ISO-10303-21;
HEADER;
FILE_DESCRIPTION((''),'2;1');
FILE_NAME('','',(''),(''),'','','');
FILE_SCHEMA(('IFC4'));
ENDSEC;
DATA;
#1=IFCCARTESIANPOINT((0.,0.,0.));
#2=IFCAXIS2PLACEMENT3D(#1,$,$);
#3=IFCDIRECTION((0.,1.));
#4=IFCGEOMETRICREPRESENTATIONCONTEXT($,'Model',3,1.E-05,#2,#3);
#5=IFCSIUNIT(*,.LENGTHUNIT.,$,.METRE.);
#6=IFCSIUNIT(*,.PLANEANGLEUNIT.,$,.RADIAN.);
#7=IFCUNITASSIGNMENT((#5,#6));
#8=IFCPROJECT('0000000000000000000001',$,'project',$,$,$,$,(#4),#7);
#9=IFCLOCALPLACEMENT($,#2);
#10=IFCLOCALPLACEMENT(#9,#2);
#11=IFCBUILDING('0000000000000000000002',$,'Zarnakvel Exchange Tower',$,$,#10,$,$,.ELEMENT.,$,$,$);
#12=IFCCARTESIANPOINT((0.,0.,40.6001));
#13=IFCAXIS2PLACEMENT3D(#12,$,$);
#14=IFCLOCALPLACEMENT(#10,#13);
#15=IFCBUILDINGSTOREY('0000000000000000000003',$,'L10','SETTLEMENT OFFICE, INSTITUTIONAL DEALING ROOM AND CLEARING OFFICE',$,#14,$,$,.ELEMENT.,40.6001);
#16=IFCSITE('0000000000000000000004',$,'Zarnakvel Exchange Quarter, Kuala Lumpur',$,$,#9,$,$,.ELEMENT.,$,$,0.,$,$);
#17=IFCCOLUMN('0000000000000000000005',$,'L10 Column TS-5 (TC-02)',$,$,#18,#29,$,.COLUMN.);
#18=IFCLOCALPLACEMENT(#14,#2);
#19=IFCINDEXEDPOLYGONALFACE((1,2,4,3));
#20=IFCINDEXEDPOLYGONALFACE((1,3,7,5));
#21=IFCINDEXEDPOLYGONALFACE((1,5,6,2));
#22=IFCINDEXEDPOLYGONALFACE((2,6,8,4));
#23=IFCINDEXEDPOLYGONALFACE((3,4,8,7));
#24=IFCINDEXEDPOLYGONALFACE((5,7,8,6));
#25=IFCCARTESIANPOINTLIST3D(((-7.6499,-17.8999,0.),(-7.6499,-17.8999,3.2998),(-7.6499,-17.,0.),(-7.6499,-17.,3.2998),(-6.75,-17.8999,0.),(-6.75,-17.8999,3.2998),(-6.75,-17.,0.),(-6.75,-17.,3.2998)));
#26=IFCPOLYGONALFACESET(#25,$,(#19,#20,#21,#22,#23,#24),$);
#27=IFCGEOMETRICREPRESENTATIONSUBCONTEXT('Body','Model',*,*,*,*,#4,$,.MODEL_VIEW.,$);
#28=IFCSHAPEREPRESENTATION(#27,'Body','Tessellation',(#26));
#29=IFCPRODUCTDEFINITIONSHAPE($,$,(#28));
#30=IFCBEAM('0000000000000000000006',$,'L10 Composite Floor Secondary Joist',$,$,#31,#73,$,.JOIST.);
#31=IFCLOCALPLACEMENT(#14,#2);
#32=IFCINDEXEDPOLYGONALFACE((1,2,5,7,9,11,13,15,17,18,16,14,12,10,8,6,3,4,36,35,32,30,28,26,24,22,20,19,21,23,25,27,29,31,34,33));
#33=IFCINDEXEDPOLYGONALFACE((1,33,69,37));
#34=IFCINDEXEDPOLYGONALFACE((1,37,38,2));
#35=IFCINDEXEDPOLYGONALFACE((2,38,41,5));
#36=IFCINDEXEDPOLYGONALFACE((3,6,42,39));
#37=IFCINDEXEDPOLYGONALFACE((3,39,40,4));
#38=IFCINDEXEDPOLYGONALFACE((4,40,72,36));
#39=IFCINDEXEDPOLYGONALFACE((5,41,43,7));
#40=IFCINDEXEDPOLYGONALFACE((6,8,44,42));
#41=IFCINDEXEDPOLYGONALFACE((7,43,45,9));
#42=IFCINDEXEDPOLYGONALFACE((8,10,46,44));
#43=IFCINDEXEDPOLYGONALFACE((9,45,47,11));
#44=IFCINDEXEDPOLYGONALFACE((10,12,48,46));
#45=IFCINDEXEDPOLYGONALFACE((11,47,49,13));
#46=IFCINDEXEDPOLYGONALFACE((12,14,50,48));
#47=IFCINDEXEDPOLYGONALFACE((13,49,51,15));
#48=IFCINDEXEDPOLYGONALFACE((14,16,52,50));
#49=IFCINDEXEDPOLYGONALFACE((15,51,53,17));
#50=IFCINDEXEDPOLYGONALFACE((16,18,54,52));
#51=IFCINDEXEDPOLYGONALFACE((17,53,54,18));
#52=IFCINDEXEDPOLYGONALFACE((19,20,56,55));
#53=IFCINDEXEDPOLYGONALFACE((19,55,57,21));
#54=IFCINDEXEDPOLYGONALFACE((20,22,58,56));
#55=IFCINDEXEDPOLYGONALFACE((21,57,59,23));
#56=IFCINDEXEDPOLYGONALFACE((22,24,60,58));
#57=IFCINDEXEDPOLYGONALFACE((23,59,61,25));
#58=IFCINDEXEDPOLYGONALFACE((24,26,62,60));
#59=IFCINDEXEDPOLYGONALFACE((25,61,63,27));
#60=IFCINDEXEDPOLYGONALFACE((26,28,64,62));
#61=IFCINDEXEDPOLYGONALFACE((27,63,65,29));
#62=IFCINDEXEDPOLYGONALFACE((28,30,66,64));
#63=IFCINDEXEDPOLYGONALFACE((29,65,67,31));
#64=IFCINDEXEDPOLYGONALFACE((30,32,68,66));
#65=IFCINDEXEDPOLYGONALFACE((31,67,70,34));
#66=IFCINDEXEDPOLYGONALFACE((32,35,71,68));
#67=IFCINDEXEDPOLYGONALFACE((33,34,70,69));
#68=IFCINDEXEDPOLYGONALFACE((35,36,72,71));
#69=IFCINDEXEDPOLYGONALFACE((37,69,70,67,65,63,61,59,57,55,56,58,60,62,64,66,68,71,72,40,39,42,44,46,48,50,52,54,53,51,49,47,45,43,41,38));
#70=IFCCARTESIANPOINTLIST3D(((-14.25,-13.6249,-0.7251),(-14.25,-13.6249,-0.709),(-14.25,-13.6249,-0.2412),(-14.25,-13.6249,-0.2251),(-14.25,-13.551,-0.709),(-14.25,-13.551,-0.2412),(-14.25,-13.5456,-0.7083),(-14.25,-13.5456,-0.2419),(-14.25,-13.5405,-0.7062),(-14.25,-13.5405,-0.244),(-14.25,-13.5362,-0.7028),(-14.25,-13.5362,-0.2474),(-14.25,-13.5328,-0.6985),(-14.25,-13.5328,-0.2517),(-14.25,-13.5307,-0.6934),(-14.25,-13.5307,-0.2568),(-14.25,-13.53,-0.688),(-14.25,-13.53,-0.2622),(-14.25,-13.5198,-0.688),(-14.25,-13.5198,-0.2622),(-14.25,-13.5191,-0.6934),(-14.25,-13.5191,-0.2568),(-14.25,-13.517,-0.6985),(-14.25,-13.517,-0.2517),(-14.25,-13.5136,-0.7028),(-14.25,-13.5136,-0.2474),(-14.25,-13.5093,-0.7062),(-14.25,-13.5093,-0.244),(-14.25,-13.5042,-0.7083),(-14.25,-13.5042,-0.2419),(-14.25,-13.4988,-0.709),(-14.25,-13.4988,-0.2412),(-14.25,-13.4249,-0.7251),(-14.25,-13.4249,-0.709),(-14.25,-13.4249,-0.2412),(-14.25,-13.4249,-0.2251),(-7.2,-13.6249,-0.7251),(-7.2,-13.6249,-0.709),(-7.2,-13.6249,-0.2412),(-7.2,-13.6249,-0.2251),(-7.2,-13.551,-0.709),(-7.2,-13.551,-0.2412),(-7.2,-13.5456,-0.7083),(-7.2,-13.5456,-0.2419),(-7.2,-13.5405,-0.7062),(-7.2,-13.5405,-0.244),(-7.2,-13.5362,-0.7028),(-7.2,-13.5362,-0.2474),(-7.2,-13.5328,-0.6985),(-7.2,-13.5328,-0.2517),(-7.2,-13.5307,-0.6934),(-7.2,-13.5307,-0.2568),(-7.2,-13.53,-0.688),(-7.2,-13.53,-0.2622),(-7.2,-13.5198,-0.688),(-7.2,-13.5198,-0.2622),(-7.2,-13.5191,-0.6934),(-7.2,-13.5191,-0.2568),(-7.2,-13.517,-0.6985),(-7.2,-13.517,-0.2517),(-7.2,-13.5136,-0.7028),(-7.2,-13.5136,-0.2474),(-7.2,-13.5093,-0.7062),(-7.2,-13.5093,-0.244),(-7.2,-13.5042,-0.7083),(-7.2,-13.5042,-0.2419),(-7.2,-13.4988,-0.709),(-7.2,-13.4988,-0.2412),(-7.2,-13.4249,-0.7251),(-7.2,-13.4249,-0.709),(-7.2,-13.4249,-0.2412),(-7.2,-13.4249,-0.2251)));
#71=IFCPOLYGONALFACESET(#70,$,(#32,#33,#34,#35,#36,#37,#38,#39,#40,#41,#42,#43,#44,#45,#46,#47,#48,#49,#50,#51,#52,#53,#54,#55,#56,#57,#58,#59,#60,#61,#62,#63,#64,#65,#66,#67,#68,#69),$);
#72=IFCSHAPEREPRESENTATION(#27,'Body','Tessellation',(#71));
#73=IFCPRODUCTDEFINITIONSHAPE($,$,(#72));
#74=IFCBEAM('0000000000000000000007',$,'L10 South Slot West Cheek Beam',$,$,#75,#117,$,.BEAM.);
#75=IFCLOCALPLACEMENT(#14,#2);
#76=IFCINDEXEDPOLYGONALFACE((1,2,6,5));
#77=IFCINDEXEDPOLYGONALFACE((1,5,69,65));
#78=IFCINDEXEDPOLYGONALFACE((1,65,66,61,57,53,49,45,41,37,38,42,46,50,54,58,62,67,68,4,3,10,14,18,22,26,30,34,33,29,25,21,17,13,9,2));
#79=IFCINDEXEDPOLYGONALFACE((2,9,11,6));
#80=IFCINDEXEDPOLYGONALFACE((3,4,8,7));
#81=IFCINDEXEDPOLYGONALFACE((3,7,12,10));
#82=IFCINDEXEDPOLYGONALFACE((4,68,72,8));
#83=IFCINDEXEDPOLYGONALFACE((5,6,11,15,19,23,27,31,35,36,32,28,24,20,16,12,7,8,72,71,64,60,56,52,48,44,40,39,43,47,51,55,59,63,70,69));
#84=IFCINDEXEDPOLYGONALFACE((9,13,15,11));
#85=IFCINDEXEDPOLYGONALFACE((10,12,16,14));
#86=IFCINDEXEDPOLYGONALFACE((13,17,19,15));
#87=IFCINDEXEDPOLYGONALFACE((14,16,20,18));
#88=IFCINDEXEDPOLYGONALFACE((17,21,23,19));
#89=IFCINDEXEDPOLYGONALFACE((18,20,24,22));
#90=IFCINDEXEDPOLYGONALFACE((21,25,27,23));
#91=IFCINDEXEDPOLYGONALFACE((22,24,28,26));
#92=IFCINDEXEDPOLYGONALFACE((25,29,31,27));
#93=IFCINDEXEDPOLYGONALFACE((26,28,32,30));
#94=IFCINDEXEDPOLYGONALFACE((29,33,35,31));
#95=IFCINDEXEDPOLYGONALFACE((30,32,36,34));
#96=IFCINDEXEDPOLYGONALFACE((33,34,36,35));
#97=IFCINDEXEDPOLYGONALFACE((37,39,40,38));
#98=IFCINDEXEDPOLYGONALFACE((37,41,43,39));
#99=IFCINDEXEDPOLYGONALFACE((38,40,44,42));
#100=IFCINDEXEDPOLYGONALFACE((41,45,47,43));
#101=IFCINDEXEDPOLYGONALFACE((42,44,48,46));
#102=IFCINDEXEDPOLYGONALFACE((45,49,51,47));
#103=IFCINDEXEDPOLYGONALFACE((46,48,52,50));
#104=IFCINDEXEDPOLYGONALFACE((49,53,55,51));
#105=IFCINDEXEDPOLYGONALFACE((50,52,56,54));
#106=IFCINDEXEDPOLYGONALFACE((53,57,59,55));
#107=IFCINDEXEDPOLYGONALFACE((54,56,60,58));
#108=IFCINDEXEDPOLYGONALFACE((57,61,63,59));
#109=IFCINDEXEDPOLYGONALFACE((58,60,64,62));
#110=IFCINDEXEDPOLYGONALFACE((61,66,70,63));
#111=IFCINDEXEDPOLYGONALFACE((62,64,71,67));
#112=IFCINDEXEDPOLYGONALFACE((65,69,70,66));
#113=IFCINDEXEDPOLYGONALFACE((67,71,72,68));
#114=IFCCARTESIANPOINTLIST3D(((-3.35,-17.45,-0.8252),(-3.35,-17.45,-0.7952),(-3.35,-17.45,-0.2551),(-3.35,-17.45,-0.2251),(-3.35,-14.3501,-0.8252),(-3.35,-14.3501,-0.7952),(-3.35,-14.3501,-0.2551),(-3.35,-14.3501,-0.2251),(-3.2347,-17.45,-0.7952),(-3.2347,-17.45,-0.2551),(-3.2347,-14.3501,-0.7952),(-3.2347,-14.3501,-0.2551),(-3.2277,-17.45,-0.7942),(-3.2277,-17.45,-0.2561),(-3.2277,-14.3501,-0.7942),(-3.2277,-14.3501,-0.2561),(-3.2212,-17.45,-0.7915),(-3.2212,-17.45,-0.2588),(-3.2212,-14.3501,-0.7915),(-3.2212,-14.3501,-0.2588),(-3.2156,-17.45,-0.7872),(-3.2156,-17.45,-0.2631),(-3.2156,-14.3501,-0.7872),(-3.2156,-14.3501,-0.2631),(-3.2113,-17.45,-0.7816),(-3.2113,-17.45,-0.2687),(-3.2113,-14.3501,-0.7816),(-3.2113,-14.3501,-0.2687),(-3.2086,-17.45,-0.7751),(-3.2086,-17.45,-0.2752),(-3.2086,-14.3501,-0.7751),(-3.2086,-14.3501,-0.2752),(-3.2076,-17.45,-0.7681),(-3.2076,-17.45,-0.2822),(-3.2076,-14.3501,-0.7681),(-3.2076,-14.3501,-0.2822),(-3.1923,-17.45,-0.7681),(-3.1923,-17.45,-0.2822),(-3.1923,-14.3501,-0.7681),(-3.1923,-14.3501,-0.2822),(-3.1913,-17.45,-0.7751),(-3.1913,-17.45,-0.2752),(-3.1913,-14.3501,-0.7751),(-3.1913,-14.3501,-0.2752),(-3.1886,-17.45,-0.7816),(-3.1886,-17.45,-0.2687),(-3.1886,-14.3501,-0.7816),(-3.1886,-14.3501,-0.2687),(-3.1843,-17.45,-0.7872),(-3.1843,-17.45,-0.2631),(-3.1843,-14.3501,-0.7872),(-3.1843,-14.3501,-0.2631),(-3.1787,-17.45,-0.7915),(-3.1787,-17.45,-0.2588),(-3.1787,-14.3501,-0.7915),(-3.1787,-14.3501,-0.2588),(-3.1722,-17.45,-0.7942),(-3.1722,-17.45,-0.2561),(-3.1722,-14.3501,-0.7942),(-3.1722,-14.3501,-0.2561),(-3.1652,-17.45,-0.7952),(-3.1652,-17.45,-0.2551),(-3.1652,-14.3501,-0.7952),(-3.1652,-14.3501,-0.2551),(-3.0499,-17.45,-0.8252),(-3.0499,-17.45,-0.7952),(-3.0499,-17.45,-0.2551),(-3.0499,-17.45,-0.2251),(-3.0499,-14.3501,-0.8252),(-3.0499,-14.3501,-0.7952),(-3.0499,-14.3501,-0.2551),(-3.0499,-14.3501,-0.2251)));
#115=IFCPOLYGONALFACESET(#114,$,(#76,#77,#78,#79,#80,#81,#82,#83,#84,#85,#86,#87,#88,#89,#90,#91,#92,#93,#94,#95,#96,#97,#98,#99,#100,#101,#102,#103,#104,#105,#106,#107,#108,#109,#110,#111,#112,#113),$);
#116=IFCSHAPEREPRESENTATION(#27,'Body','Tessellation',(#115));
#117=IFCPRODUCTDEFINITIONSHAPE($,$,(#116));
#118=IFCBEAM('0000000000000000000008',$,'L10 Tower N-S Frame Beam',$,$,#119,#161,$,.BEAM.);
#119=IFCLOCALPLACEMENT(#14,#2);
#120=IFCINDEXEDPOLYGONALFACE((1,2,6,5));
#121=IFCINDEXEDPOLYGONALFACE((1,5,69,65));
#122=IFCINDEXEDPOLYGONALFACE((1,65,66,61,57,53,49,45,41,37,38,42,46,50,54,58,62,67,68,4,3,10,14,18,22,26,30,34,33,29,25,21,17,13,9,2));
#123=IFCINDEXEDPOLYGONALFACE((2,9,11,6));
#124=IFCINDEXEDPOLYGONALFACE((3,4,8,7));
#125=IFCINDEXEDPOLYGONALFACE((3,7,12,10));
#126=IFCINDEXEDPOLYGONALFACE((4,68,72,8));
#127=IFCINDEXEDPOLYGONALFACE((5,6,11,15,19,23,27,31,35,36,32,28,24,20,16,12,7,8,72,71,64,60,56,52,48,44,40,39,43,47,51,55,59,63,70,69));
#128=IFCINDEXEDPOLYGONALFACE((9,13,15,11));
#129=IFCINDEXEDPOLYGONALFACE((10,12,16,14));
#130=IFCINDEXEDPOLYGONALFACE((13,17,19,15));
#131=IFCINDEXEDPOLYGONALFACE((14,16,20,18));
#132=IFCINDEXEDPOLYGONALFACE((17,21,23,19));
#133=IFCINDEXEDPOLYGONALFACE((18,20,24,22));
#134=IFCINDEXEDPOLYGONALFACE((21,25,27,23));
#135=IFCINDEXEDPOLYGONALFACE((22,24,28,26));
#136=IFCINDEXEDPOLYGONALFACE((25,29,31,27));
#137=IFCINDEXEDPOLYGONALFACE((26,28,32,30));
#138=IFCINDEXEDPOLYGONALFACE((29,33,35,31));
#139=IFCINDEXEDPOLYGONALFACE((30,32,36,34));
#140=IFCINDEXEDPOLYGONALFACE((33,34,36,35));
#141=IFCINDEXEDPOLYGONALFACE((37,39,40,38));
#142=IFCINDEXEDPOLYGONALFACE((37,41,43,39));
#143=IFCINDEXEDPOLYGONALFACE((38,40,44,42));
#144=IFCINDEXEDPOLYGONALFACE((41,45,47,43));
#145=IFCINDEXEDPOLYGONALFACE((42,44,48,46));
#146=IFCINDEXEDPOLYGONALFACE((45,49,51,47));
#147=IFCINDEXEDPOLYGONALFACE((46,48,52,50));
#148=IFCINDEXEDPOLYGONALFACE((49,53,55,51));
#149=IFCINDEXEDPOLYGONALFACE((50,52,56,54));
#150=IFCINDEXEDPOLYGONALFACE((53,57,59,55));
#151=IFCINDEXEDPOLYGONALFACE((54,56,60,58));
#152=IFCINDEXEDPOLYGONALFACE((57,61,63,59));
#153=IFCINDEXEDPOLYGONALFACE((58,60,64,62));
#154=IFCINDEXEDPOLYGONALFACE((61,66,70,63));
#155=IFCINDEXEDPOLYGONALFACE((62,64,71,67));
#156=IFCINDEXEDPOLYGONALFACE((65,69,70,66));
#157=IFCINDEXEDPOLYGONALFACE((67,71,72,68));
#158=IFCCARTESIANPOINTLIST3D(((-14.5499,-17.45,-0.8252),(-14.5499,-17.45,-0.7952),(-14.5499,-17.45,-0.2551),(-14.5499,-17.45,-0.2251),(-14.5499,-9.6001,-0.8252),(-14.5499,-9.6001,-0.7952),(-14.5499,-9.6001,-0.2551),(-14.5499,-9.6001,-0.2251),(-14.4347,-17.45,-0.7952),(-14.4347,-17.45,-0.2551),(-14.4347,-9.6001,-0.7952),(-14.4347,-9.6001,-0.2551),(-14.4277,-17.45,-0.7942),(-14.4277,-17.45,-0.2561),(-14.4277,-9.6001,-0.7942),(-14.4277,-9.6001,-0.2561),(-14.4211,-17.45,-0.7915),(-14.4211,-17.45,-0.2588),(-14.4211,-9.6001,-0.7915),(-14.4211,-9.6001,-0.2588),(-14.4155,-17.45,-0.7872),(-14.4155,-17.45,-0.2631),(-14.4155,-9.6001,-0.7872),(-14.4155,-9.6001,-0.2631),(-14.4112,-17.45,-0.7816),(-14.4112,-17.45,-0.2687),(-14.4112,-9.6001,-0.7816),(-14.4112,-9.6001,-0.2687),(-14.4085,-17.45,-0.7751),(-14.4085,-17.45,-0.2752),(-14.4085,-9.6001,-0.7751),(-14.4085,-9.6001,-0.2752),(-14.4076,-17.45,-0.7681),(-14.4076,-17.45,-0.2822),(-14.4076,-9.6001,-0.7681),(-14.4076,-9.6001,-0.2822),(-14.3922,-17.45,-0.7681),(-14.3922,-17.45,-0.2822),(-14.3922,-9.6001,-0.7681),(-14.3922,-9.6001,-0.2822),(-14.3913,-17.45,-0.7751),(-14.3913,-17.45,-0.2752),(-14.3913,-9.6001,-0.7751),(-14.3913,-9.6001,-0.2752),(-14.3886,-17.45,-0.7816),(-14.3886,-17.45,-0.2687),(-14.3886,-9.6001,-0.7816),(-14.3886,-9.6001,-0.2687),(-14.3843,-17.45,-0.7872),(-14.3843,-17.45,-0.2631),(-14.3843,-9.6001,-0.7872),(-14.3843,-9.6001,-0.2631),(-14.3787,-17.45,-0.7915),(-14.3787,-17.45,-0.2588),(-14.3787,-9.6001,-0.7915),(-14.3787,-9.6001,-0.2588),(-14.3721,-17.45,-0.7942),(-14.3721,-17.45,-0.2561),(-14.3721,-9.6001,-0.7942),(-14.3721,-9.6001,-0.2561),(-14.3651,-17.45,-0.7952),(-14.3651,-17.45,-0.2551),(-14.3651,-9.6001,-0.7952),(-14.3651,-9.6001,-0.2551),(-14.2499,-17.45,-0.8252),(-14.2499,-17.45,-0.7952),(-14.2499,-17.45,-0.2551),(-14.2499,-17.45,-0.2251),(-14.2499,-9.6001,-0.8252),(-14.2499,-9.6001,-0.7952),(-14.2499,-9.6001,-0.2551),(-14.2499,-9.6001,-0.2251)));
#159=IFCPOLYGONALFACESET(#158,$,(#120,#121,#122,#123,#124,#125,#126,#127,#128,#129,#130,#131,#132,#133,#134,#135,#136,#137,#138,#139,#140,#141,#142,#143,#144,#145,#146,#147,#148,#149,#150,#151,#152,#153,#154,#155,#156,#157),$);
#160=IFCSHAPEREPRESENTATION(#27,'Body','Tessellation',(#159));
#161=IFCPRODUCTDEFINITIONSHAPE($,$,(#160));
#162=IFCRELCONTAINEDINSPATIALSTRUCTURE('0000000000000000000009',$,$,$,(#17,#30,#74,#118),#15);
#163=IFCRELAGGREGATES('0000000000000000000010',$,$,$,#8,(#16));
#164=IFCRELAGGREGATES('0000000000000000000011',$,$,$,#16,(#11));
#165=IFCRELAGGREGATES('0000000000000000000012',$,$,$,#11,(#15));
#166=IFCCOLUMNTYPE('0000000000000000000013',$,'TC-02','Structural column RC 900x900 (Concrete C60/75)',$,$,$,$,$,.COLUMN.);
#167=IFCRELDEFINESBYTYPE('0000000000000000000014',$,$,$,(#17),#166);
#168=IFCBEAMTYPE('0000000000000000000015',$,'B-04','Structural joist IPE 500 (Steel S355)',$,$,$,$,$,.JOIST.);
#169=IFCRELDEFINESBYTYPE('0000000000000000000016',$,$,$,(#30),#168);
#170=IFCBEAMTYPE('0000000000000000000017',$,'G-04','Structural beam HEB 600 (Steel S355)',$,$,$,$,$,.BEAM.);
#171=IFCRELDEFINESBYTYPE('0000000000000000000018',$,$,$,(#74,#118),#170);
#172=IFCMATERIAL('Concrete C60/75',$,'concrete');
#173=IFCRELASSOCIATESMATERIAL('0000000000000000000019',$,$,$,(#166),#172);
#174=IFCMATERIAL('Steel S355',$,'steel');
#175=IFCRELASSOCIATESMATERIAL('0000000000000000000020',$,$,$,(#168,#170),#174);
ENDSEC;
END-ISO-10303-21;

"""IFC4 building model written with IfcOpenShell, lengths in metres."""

from ifc_helpers import new_model, si_unit, direction, frame, origin, origin_2d, place, context, subcontext, project, spatial, rectangle, i_section, extrude, material, material_profile, profile_set, type_object, element, save


model = new_model("IFC4")

# Units and contexts
model_context = context("Model", 3, precision=1e-05, world=origin(), true_north=direction((0.0, 1.0)))
body_context = subcontext(model_context, "Body", "Model", "MODEL_VIEW")
ifc_project = project(units=[si_unit("LENGTHUNIT", "METRE"), si_unit("PLANEANGLEUNIT", "RADIAN")], contexts=[model_context])

# Site, building, storey
site_placement = place(None, origin())
site = spatial("IfcSite", under=ifc_project, at=site_placement, Name="Zarnakvel Exchange Quarter, Kuala Lumpur", CompositionType="ELEMENT", RefElevation=0.0)
building_placement = place(site_placement, origin())
building = spatial("IfcBuilding", under=site, at=building_placement, Name="Zarnakvel Exchange Tower", CompositionType="ELEMENT")
storey_placement = place(building_placement, frame((0.0, 0.0, 40.6001)))
storey = spatial("IfcBuildingStorey", under=building, at=storey_placement, Name="L10", Description="SETTLEMENT OFFICE, INSTITUTIONAL DEALING ROOM AND CLEARING OFFICE", CompositionType="ELEMENT", Elevation=40.6001)

# Column
ifc_material_1 = material(Name="Concrete C60/75", Category="concrete")
ifc_material_profile_1 = material_profile(ifc_material_1, rectangle(XDim=0.8999, YDim=0.8999, at=origin_2d()))
ifc_profile_set_1 = profile_set([ifc_material_profile_1], Name="Concrete C60/75")
column_type = type_object("IfcColumnType", Name="TC-02", Description="Structural column RC 900x900 (Concrete C60/75)", PredefinedType="COLUMN", material=ifc_profile_set_1)
column_placement = place(storey_placement, frame((-7.2, -17.45, 0.0), z_axis=(0.0, 0.0, 1.0), x_axis=(1.0, 0.0, 0.0)))
element("IfcColumn", 1, at=column_placement, inside=storey, type_object=column_type, Name="L10 Column TS-5 (TC-02)", PredefinedType="COLUMN", context=body_context, shape_type="SweptSolid", body=[
    extrude(rectangle(XDim=0.8999, YDim=0.8999, at=origin_2d()), origin(), (0.0, 0.0, 1.0), 3.2998),
])

# Beams
ifc_material_2 = material(Name="Steel S355", Category="steel")
ifc_material_profile_2 = material_profile(ifc_material_2, i_section(OverallWidth=0.2, OverallDepth=0.5, WebThickness=0.0103, FlangeThickness=0.0161, FilletRadius=0.021, at=origin_2d()))
ifc_profile_set_2 = profile_set([ifc_material_profile_2], Name="Steel S355")
beam_type_1 = type_object("IfcBeamType", Name="B-04", Description="Structural joist IPE 500 (Steel S355)", PredefinedType="JOIST", material=ifc_profile_set_2)
beam_1_placement = place(storey_placement, frame((-14.25, -13.5249, -0.4751), z_axis=(1.0, 0.0, 0.0), x_axis=(0.0, 1.0, 0.0)))
element("IfcBeam", 2, at=beam_1_placement, inside=storey, type_object=beam_type_1, Name="L10 Composite Floor Secondary Joist", PredefinedType="JOIST", context=body_context, shape_type="SweptSolid", body=[
    extrude(i_section(OverallWidth=0.2, OverallDepth=0.5, WebThickness=0.0103, FlangeThickness=0.0161, FilletRadius=0.021, at=origin_2d()), origin(), (0.0, 0.0, 1.0), 7.05),
])
ifc_material_profile_3 = material_profile(ifc_material_2, i_section(OverallWidth=0.3, OverallDepth=0.6001, WebThickness=0.0154, FlangeThickness=0.03, FilletRadius=0.0271, at=origin_2d()))
ifc_profile_set_3 = profile_set([ifc_material_profile_3], Name="Steel S355")
beam_type_2 = type_object("IfcBeamType", Name="G-04", Description="Structural beam HEB 600 (Steel S355)", PredefinedType="BEAM", material=ifc_profile_set_3)
beam_2_placement = place(storey_placement, frame((-3.2, -17.45, -0.5251), z_axis=(0.0, 1.0, 0.0), x_axis=(-1.0, 0.0, 0.0)))
element("IfcBeam", 3, at=beam_2_placement, inside=storey, type_object=beam_type_2, Name="L10 South Slot West Cheek Beam", PredefinedType="BEAM", context=body_context, shape_type="SweptSolid", body=[
    extrude(i_section(OverallWidth=0.3, OverallDepth=0.6001, WebThickness=0.0154, FlangeThickness=0.03, FilletRadius=0.0271, at=origin_2d()), origin(), (0.0, 0.0, 1.0), 3.0999),
])
for number, where, z_axis, x_axis, name in (
    (4, (-14.3999, -17.45, -0.5251), (0.0, 1.0, 0.0), (-1.0, 0.0, 0.0), "L10 Tower N-S Frame Beam"),
):
    element("IfcBeam", number, at=place(storey_placement, frame(where, z_axis=z_axis, x_axis=x_axis)), inside=storey, type_object=beam_type_2, Name=name, PredefinedType="BEAM", context=body_context, shape_type="SweptSolid", body=[
        extrude(i_section(OverallWidth=0.3, OverallDepth=0.6001, WebThickness=0.0154, FlangeThickness=0.03, FilletRadius=0.0271, at=origin_2d()), origin(), (0.0, 0.0, 1.0), 7.8499),
    ])

save(model, "model.ifc")
